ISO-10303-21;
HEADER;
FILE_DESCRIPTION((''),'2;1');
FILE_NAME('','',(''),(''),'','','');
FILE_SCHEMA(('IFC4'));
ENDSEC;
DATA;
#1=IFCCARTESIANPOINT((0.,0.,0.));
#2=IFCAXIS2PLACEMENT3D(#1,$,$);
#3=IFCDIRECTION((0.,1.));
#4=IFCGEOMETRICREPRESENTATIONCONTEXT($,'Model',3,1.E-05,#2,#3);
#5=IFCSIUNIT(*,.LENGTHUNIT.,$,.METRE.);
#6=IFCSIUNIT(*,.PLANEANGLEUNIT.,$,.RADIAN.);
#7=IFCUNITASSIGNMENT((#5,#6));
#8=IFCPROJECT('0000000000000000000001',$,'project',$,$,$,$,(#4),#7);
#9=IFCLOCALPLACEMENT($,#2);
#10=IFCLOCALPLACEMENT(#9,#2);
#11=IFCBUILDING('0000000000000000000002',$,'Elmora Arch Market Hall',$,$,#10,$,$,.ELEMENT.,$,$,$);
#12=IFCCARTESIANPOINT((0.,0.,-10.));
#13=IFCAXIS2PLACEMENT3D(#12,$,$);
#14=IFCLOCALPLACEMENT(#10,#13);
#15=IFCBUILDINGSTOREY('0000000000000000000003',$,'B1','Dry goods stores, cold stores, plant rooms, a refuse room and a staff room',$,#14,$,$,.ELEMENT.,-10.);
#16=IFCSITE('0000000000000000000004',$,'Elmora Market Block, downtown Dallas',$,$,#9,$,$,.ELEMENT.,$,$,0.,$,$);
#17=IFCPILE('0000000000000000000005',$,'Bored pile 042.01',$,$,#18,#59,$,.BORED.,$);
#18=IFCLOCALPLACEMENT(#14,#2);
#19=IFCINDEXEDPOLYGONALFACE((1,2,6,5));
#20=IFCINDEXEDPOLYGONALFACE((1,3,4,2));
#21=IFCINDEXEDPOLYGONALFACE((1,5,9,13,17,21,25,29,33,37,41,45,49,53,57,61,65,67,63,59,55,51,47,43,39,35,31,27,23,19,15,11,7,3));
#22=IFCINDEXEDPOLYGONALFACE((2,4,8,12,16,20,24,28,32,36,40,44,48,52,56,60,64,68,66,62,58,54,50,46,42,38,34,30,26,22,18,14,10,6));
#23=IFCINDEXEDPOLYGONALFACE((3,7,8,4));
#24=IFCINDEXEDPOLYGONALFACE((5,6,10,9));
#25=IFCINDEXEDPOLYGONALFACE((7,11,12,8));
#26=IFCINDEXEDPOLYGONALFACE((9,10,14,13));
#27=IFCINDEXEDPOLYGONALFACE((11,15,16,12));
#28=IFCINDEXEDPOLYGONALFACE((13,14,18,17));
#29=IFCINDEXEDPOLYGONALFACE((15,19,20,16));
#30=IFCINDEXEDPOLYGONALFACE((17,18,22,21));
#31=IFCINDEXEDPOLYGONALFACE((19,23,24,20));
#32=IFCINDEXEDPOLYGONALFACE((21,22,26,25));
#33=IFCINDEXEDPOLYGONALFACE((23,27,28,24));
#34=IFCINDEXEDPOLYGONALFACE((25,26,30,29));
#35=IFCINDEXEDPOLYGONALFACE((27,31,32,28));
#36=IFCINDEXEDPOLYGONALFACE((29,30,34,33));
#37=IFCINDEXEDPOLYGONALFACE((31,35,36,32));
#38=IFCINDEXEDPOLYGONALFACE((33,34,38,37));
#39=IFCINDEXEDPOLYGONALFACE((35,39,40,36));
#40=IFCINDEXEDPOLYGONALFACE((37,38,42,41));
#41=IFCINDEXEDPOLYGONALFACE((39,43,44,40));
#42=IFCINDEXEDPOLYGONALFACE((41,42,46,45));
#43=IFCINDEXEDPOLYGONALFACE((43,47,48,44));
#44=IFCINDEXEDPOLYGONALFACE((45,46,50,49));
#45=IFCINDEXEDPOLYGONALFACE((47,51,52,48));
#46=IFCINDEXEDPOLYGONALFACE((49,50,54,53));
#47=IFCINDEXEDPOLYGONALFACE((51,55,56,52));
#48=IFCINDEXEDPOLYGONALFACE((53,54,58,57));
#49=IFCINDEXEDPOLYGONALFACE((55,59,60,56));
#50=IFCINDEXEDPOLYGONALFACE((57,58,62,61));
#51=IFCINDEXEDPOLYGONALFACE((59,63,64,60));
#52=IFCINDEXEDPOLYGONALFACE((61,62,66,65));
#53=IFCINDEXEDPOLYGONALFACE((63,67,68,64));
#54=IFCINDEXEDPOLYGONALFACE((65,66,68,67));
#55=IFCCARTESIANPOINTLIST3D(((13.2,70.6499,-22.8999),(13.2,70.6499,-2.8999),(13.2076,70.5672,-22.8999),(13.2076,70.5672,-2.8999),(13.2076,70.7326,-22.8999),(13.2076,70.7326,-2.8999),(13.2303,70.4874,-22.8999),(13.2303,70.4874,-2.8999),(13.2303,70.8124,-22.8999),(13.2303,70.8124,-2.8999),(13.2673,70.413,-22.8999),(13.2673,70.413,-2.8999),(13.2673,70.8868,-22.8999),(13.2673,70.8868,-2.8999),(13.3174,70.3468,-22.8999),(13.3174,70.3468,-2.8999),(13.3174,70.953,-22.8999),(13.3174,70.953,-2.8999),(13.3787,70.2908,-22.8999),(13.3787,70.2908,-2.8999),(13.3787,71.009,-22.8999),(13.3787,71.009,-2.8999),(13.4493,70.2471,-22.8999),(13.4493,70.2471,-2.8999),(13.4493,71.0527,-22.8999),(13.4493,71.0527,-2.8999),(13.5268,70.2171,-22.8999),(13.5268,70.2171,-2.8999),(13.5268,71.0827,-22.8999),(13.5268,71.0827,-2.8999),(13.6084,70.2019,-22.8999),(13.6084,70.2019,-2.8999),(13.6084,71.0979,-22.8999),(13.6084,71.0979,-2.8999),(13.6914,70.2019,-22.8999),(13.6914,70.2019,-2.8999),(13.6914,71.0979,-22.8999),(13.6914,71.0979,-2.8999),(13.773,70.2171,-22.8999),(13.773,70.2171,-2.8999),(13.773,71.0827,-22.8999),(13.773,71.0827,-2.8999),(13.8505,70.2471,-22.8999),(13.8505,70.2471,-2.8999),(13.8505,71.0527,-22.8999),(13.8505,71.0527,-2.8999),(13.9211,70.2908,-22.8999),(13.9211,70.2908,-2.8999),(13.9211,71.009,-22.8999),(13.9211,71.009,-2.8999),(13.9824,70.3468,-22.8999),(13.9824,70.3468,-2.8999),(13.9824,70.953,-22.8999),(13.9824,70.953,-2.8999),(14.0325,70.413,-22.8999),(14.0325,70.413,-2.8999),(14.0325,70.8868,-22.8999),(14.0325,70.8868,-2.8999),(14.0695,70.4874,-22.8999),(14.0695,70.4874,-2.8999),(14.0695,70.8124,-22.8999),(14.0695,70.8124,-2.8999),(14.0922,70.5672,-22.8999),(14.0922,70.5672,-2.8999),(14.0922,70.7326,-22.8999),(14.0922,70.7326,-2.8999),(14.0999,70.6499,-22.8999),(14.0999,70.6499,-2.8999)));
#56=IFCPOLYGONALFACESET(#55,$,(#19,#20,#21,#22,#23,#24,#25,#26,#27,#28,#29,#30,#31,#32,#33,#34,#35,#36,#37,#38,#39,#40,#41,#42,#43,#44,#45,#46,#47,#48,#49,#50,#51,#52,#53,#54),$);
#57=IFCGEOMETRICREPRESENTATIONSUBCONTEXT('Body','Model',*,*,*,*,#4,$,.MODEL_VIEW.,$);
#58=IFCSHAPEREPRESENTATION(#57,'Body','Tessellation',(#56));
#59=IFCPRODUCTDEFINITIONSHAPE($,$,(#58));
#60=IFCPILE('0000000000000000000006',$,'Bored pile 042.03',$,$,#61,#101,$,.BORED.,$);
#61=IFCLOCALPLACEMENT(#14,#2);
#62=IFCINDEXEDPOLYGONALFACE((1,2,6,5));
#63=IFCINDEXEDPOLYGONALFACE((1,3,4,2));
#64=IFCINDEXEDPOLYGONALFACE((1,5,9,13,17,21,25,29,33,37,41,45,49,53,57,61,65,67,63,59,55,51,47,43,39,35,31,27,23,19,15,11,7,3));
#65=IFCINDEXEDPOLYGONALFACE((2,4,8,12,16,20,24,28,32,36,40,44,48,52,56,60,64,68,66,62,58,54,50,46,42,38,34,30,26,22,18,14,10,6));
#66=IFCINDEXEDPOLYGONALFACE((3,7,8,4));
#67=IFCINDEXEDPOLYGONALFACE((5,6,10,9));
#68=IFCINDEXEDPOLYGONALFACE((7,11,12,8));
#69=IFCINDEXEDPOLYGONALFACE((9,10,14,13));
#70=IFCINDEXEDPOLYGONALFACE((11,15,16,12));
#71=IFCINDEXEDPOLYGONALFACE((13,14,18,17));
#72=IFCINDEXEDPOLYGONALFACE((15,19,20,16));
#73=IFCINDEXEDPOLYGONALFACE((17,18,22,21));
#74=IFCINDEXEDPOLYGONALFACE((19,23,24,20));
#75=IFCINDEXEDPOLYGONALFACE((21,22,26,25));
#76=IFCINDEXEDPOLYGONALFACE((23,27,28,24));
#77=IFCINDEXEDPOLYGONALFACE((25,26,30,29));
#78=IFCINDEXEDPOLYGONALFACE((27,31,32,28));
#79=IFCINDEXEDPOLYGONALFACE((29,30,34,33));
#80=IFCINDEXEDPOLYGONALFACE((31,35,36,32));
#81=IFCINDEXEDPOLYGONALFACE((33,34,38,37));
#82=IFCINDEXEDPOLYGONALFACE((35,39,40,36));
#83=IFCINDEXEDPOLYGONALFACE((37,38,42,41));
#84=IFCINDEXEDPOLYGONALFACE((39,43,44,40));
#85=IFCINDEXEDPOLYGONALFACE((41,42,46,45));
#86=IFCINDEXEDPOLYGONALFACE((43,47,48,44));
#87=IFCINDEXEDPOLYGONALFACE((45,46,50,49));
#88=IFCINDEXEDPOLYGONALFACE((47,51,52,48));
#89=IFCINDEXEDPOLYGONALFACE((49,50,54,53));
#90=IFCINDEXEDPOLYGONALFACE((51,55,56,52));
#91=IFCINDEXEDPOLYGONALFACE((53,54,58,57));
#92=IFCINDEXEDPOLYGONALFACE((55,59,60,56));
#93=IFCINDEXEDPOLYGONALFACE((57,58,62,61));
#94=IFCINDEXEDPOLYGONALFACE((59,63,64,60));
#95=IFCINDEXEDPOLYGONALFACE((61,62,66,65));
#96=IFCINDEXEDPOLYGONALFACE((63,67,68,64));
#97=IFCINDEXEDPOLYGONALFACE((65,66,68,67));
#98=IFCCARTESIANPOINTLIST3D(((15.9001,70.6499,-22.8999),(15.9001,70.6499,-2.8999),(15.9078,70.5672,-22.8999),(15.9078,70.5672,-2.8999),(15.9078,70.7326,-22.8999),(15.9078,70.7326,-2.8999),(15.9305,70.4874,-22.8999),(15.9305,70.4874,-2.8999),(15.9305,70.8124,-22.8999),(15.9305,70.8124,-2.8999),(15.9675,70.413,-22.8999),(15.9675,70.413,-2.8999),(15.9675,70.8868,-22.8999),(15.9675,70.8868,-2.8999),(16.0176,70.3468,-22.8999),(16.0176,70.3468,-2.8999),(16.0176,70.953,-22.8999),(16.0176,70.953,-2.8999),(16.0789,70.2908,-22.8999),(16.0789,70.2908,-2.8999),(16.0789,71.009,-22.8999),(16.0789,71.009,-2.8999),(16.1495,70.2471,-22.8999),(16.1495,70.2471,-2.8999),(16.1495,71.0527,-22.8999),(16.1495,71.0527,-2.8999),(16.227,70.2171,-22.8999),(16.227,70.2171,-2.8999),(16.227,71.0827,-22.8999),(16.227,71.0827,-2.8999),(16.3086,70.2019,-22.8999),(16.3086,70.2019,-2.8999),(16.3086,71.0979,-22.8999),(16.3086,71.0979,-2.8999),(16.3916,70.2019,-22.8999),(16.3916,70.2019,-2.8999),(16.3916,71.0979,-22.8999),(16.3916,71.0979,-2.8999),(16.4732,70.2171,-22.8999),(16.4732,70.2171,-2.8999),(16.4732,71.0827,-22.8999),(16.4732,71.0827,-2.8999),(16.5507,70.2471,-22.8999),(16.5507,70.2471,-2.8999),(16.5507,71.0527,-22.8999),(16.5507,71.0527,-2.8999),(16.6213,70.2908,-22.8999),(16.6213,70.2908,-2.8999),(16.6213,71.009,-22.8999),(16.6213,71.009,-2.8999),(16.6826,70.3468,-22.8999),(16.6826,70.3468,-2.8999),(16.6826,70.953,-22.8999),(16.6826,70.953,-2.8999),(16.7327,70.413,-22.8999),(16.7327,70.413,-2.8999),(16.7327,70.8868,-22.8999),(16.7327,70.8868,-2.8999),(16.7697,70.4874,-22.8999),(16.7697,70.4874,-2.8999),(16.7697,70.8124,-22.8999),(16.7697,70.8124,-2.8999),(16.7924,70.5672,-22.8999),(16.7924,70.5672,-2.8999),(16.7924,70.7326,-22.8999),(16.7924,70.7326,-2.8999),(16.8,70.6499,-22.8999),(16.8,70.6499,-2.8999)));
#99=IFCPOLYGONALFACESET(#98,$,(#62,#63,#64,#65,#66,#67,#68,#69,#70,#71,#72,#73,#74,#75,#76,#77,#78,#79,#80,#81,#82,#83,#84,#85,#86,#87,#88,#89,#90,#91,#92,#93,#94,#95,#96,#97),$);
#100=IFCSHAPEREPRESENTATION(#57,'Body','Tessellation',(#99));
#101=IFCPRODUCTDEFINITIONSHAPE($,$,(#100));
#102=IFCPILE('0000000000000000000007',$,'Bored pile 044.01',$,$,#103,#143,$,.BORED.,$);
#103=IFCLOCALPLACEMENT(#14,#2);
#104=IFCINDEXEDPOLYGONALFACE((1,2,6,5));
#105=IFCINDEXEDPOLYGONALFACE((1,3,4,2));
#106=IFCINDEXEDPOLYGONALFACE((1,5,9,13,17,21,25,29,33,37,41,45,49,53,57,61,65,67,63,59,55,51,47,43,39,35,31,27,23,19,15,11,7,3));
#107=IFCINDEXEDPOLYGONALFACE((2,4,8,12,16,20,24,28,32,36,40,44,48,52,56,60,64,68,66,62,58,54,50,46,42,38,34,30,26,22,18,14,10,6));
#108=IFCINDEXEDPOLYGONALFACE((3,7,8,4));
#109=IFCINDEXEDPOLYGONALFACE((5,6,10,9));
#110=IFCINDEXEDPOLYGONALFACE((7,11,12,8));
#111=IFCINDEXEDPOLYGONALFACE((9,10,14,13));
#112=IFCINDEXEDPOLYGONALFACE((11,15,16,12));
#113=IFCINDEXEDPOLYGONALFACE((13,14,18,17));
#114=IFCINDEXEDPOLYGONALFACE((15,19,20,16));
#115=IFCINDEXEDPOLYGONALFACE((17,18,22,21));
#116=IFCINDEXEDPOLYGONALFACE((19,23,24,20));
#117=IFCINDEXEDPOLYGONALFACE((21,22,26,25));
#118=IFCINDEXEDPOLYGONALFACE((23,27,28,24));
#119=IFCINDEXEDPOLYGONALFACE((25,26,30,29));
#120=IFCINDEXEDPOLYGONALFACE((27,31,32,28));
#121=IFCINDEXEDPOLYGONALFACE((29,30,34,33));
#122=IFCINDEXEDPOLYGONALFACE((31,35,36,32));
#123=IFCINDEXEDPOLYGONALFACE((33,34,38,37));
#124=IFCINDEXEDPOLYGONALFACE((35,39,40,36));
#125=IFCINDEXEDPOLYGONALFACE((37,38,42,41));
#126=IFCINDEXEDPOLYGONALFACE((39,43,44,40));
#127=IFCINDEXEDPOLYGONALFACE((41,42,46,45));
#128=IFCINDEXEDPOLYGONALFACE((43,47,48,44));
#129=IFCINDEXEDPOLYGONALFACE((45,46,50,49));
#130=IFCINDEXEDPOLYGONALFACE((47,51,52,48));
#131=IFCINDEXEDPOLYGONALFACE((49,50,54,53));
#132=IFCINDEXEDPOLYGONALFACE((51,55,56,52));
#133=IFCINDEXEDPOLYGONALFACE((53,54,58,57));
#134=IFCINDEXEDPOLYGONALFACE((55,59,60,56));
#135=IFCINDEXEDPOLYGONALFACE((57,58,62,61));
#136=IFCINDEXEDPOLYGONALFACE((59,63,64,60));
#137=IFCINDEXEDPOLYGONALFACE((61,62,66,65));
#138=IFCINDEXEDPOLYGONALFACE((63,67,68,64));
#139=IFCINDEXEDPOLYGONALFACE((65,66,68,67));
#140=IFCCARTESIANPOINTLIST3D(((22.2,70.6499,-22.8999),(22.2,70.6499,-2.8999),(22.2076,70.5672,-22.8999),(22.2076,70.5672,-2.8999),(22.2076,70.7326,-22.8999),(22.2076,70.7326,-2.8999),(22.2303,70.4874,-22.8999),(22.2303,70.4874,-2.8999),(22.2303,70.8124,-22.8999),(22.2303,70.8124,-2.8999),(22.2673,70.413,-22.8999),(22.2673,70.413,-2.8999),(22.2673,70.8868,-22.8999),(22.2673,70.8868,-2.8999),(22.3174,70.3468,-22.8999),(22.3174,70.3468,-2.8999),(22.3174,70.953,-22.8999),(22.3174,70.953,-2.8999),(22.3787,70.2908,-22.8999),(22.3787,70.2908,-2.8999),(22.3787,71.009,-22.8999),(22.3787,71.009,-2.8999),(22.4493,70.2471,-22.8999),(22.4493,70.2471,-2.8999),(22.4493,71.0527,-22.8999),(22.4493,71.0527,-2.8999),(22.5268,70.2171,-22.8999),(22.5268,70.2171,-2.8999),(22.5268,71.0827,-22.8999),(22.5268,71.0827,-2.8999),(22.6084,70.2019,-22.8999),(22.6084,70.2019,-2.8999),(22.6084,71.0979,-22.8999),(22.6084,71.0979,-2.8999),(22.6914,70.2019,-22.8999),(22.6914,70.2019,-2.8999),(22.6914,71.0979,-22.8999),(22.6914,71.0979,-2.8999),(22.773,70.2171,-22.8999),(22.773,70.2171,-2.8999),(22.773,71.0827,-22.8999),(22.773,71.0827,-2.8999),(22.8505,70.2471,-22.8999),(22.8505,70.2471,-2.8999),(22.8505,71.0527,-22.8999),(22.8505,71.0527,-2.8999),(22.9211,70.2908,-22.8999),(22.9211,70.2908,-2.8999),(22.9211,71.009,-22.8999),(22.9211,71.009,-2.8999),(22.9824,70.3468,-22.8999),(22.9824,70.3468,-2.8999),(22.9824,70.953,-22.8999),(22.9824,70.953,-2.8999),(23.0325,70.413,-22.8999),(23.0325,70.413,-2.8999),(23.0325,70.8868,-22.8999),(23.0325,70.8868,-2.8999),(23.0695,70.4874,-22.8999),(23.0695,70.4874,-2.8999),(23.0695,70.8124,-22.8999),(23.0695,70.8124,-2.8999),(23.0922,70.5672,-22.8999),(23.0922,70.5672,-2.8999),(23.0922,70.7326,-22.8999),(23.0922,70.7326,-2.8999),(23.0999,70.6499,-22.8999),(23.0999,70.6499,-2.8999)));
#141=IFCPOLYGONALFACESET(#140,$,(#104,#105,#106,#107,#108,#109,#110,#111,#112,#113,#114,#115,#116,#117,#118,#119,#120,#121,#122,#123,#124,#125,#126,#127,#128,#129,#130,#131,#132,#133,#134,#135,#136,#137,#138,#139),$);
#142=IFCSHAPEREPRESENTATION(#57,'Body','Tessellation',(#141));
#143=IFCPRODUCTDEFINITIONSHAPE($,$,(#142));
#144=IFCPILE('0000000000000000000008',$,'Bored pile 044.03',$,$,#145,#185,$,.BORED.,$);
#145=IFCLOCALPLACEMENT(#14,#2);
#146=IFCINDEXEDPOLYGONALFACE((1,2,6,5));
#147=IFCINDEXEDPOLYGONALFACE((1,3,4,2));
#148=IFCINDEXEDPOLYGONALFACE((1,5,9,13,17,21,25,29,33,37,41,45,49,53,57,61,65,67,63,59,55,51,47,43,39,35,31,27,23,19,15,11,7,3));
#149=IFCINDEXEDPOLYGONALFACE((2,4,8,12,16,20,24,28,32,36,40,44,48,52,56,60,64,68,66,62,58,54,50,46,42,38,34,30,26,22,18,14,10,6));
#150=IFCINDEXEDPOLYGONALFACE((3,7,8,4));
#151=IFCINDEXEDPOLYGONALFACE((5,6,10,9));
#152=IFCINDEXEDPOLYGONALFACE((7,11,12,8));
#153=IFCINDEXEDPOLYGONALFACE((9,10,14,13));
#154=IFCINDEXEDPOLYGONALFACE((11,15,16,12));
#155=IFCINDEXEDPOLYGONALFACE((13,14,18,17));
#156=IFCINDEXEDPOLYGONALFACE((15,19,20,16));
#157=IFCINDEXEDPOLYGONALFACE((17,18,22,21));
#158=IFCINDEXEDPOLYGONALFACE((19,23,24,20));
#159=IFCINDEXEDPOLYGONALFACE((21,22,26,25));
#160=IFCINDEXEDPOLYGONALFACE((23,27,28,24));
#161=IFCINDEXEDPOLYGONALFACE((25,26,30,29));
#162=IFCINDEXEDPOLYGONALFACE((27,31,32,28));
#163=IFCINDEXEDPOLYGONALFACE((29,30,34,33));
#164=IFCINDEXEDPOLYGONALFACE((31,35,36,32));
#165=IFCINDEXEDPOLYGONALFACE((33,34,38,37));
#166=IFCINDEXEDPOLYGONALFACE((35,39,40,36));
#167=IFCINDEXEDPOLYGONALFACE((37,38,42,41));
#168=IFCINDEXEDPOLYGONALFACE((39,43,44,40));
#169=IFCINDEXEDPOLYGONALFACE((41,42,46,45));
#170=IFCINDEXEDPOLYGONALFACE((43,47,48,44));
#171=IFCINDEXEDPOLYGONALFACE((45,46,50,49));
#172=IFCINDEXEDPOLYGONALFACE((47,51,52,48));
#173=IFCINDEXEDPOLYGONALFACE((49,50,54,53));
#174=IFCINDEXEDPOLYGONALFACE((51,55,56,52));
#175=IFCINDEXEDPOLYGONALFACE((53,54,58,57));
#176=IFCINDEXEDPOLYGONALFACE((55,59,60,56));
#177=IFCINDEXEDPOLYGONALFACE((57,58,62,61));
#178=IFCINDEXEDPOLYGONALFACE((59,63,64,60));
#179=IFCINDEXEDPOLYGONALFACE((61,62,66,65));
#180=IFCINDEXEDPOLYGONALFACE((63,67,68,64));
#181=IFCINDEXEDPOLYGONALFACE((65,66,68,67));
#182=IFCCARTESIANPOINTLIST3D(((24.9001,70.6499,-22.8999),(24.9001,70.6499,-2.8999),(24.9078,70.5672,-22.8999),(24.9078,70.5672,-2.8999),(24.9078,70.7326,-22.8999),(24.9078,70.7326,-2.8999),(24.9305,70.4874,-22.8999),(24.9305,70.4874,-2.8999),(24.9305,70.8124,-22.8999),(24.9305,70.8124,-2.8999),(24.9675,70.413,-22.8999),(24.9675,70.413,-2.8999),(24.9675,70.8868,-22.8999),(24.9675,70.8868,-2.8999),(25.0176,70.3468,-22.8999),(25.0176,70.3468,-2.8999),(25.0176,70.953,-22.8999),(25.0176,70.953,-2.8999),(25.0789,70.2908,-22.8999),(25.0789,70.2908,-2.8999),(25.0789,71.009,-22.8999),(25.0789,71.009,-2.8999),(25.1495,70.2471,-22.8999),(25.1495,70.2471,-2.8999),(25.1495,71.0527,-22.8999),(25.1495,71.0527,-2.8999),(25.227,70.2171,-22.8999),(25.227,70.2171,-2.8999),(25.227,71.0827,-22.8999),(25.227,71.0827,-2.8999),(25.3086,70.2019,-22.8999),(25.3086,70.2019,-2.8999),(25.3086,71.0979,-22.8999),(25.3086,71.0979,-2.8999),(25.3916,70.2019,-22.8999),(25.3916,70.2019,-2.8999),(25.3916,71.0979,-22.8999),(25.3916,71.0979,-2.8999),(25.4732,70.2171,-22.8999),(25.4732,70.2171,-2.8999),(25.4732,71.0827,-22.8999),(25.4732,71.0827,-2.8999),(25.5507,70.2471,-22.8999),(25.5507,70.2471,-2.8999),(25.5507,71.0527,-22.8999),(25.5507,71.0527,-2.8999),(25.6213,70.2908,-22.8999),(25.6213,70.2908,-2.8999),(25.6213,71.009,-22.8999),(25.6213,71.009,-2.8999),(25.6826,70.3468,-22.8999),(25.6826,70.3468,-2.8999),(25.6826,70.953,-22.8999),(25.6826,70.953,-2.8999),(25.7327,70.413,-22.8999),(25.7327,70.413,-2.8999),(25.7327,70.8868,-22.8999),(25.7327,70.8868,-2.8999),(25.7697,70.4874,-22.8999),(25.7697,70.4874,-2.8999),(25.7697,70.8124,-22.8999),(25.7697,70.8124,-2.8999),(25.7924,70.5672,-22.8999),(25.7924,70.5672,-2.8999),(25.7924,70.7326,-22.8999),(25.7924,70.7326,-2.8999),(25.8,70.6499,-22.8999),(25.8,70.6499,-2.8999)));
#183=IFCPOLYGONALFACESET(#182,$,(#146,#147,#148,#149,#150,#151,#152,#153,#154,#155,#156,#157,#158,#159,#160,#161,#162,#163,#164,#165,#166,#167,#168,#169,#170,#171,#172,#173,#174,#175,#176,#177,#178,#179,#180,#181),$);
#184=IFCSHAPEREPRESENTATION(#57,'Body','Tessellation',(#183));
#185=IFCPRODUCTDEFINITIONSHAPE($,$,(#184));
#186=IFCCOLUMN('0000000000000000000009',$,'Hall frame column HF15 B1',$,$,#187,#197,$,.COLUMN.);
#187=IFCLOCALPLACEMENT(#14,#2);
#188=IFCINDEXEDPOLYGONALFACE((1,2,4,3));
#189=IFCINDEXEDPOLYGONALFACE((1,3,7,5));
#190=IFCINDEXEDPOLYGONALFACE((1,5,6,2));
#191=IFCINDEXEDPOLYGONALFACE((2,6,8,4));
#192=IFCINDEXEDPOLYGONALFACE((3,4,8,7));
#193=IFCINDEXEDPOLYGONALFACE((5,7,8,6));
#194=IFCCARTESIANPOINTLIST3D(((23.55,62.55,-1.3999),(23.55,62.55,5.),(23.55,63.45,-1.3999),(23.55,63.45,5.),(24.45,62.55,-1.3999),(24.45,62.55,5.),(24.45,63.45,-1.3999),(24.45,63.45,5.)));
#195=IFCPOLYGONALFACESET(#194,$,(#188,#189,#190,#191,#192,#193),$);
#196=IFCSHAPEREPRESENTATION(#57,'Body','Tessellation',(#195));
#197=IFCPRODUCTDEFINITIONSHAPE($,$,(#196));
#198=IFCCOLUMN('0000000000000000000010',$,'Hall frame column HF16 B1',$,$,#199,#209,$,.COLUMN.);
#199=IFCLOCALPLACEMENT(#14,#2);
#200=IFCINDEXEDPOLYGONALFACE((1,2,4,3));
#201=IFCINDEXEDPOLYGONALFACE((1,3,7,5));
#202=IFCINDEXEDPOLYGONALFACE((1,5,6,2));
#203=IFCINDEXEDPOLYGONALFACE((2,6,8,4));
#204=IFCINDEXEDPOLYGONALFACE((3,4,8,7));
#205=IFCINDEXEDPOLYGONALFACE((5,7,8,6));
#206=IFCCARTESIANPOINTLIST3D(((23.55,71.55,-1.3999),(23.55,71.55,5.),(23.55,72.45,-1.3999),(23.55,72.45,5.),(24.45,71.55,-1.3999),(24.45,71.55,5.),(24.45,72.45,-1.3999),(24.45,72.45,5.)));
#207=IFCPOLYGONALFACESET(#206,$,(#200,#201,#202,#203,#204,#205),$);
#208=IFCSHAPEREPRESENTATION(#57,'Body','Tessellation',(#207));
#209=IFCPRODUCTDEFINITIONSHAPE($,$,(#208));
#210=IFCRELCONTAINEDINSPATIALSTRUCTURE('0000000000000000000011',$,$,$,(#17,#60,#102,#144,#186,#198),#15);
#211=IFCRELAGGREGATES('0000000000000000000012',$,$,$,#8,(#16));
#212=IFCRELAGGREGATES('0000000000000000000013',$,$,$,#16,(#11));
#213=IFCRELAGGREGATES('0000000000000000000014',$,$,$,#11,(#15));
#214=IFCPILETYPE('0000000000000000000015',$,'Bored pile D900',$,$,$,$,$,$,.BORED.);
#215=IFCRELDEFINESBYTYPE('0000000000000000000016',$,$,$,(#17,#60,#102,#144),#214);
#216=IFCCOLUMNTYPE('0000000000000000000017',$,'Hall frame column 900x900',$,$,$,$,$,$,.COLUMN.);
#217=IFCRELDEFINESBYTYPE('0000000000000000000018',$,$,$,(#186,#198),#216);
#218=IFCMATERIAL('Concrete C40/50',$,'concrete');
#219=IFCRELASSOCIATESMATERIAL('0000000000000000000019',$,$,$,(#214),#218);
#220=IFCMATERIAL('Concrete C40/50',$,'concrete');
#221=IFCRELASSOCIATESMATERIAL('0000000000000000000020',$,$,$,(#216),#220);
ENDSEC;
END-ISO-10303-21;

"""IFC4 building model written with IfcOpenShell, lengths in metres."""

from ifc_helpers import new_model, si_unit, direction, frame, origin, origin_2d, place, context, subcontext, project, spatial, rectangle, circle, extrude, material, material_profile, profile_set, type_object, element, save


model = new_model("IFC4")

# Units and contexts
model_context = context("Model", 3, precision=1e-05, world=origin(), true_north=direction((0.0, 1.0)))
body_context = subcontext(model_context, "Body", "Model", "MODEL_VIEW")
ifc_project = project(units=[si_unit("LENGTHUNIT", "METRE"), si_unit("PLANEANGLEUNIT", "RADIAN")], contexts=[model_context])

# Site, building, storey
site_placement = place(None, origin())
site = spatial("IfcSite", under=ifc_project, at=site_placement, Name="Elmora Market Block, downtown Dallas", CompositionType="ELEMENT", RefElevation=0.0)
building_placement = place(site_placement, origin())
building = spatial("IfcBuilding", under=site, at=building_placement, Name="Elmora Arch Market Hall", CompositionType="ELEMENT")
storey_placement = place(building_placement, frame((0.0, 0.0, -10.0)))
storey = spatial("IfcBuildingStorey", under=building, at=storey_placement, Name="B1", Description="Dry goods stores, cold stores, plant rooms, a refuse room and a staff room", CompositionType="ELEMENT", Elevation=-10.0)

# Piles
ifc_material_1 = material(Name="Concrete C40/50", Category="concrete")
ifc_material_profile_1 = material_profile(ifc_material_1, circle(Radius=0.45, at=origin_2d()), Name="Bored pile D900")
ifc_profile_set_1 = profile_set([ifc_material_profile_1], Name="Concrete C40/50")
pile_type = type_object("IfcPileType", Name="Bored pile D900", PredefinedType="BORED", material=ifc_profile_set_1)
for number, where, z_axis, x_axis, name in (
    (1, (13.6499, 70.6499, -2.8999), (0.0, 0.0, -1.0), (1.0, 0.0, 0.0), "Bored pile 042.01"),
    (2, (16.3501, 70.6499, -2.8999), (0.0, 0.0, -1.0), (1.0, 0.0, 0.0), "Bored pile 042.03"),
    (3, (22.6499, 70.6499, -2.8999), (0.0, 0.0, -1.0), (1.0, 0.0, 0.0), "Bored pile 044.01"),
    (4, (25.3501, 70.6499, -2.8999), (0.0, 0.0, -1.0), (1.0, 0.0, 0.0), "Bored pile 044.03"),
):
    element("IfcPile", number, at=place(storey_placement, frame(where, z_axis=z_axis, x_axis=x_axis)), inside=storey, type_object=pile_type, Name=name, PredefinedType="BORED", context=body_context, shape_type="SweptSolid", body=[
        extrude(circle(Radius=0.45, at=origin_2d()), origin(), (0.0, 0.0, 1.0), 20.0),
    ])

# Columns
ifc_material_2 = material(Name="Concrete C40/50", Category="concrete")
ifc_material_profile_2 = material_profile(ifc_material_2, rectangle(XDim=0.8999, YDim=0.8999, at=origin_2d()), Name="Hall frame column 900x900")
ifc_profile_set_2 = profile_set([ifc_material_profile_2], Name="Concrete C40/50")
column_type_1 = type_object("IfcColumnType", Name="Hall frame column 900x900", PredefinedType="COLUMN", material=ifc_profile_set_2)
for number, where, z_axis, x_axis, name in (
    (5, (24.0, 63.0, -1.3999), (0.0, 0.0, 1.0), (1.0, 0.0, 0.0), "Hall frame column HF15 B1"),
    (6, (24.0, 72.0, -1.3999), (0.0, 0.0, 1.0), (1.0, 0.0, 0.0), "Hall frame column HF16 B1"),
):
    element("IfcColumn", number, at=place(storey_placement, frame(where, z_axis=z_axis, x_axis=x_axis)), inside=storey, type_object=column_type_1, Name=name, PredefinedType="COLUMN", context=body_context, shape_type="SweptSolid", body=[
        extrude(rectangle(XDim=0.8999, YDim=0.8999, at=origin_2d()), origin(), (0.0, 0.0, 1.0), 6.3999),
    ])

save(model, "model.ifc")
